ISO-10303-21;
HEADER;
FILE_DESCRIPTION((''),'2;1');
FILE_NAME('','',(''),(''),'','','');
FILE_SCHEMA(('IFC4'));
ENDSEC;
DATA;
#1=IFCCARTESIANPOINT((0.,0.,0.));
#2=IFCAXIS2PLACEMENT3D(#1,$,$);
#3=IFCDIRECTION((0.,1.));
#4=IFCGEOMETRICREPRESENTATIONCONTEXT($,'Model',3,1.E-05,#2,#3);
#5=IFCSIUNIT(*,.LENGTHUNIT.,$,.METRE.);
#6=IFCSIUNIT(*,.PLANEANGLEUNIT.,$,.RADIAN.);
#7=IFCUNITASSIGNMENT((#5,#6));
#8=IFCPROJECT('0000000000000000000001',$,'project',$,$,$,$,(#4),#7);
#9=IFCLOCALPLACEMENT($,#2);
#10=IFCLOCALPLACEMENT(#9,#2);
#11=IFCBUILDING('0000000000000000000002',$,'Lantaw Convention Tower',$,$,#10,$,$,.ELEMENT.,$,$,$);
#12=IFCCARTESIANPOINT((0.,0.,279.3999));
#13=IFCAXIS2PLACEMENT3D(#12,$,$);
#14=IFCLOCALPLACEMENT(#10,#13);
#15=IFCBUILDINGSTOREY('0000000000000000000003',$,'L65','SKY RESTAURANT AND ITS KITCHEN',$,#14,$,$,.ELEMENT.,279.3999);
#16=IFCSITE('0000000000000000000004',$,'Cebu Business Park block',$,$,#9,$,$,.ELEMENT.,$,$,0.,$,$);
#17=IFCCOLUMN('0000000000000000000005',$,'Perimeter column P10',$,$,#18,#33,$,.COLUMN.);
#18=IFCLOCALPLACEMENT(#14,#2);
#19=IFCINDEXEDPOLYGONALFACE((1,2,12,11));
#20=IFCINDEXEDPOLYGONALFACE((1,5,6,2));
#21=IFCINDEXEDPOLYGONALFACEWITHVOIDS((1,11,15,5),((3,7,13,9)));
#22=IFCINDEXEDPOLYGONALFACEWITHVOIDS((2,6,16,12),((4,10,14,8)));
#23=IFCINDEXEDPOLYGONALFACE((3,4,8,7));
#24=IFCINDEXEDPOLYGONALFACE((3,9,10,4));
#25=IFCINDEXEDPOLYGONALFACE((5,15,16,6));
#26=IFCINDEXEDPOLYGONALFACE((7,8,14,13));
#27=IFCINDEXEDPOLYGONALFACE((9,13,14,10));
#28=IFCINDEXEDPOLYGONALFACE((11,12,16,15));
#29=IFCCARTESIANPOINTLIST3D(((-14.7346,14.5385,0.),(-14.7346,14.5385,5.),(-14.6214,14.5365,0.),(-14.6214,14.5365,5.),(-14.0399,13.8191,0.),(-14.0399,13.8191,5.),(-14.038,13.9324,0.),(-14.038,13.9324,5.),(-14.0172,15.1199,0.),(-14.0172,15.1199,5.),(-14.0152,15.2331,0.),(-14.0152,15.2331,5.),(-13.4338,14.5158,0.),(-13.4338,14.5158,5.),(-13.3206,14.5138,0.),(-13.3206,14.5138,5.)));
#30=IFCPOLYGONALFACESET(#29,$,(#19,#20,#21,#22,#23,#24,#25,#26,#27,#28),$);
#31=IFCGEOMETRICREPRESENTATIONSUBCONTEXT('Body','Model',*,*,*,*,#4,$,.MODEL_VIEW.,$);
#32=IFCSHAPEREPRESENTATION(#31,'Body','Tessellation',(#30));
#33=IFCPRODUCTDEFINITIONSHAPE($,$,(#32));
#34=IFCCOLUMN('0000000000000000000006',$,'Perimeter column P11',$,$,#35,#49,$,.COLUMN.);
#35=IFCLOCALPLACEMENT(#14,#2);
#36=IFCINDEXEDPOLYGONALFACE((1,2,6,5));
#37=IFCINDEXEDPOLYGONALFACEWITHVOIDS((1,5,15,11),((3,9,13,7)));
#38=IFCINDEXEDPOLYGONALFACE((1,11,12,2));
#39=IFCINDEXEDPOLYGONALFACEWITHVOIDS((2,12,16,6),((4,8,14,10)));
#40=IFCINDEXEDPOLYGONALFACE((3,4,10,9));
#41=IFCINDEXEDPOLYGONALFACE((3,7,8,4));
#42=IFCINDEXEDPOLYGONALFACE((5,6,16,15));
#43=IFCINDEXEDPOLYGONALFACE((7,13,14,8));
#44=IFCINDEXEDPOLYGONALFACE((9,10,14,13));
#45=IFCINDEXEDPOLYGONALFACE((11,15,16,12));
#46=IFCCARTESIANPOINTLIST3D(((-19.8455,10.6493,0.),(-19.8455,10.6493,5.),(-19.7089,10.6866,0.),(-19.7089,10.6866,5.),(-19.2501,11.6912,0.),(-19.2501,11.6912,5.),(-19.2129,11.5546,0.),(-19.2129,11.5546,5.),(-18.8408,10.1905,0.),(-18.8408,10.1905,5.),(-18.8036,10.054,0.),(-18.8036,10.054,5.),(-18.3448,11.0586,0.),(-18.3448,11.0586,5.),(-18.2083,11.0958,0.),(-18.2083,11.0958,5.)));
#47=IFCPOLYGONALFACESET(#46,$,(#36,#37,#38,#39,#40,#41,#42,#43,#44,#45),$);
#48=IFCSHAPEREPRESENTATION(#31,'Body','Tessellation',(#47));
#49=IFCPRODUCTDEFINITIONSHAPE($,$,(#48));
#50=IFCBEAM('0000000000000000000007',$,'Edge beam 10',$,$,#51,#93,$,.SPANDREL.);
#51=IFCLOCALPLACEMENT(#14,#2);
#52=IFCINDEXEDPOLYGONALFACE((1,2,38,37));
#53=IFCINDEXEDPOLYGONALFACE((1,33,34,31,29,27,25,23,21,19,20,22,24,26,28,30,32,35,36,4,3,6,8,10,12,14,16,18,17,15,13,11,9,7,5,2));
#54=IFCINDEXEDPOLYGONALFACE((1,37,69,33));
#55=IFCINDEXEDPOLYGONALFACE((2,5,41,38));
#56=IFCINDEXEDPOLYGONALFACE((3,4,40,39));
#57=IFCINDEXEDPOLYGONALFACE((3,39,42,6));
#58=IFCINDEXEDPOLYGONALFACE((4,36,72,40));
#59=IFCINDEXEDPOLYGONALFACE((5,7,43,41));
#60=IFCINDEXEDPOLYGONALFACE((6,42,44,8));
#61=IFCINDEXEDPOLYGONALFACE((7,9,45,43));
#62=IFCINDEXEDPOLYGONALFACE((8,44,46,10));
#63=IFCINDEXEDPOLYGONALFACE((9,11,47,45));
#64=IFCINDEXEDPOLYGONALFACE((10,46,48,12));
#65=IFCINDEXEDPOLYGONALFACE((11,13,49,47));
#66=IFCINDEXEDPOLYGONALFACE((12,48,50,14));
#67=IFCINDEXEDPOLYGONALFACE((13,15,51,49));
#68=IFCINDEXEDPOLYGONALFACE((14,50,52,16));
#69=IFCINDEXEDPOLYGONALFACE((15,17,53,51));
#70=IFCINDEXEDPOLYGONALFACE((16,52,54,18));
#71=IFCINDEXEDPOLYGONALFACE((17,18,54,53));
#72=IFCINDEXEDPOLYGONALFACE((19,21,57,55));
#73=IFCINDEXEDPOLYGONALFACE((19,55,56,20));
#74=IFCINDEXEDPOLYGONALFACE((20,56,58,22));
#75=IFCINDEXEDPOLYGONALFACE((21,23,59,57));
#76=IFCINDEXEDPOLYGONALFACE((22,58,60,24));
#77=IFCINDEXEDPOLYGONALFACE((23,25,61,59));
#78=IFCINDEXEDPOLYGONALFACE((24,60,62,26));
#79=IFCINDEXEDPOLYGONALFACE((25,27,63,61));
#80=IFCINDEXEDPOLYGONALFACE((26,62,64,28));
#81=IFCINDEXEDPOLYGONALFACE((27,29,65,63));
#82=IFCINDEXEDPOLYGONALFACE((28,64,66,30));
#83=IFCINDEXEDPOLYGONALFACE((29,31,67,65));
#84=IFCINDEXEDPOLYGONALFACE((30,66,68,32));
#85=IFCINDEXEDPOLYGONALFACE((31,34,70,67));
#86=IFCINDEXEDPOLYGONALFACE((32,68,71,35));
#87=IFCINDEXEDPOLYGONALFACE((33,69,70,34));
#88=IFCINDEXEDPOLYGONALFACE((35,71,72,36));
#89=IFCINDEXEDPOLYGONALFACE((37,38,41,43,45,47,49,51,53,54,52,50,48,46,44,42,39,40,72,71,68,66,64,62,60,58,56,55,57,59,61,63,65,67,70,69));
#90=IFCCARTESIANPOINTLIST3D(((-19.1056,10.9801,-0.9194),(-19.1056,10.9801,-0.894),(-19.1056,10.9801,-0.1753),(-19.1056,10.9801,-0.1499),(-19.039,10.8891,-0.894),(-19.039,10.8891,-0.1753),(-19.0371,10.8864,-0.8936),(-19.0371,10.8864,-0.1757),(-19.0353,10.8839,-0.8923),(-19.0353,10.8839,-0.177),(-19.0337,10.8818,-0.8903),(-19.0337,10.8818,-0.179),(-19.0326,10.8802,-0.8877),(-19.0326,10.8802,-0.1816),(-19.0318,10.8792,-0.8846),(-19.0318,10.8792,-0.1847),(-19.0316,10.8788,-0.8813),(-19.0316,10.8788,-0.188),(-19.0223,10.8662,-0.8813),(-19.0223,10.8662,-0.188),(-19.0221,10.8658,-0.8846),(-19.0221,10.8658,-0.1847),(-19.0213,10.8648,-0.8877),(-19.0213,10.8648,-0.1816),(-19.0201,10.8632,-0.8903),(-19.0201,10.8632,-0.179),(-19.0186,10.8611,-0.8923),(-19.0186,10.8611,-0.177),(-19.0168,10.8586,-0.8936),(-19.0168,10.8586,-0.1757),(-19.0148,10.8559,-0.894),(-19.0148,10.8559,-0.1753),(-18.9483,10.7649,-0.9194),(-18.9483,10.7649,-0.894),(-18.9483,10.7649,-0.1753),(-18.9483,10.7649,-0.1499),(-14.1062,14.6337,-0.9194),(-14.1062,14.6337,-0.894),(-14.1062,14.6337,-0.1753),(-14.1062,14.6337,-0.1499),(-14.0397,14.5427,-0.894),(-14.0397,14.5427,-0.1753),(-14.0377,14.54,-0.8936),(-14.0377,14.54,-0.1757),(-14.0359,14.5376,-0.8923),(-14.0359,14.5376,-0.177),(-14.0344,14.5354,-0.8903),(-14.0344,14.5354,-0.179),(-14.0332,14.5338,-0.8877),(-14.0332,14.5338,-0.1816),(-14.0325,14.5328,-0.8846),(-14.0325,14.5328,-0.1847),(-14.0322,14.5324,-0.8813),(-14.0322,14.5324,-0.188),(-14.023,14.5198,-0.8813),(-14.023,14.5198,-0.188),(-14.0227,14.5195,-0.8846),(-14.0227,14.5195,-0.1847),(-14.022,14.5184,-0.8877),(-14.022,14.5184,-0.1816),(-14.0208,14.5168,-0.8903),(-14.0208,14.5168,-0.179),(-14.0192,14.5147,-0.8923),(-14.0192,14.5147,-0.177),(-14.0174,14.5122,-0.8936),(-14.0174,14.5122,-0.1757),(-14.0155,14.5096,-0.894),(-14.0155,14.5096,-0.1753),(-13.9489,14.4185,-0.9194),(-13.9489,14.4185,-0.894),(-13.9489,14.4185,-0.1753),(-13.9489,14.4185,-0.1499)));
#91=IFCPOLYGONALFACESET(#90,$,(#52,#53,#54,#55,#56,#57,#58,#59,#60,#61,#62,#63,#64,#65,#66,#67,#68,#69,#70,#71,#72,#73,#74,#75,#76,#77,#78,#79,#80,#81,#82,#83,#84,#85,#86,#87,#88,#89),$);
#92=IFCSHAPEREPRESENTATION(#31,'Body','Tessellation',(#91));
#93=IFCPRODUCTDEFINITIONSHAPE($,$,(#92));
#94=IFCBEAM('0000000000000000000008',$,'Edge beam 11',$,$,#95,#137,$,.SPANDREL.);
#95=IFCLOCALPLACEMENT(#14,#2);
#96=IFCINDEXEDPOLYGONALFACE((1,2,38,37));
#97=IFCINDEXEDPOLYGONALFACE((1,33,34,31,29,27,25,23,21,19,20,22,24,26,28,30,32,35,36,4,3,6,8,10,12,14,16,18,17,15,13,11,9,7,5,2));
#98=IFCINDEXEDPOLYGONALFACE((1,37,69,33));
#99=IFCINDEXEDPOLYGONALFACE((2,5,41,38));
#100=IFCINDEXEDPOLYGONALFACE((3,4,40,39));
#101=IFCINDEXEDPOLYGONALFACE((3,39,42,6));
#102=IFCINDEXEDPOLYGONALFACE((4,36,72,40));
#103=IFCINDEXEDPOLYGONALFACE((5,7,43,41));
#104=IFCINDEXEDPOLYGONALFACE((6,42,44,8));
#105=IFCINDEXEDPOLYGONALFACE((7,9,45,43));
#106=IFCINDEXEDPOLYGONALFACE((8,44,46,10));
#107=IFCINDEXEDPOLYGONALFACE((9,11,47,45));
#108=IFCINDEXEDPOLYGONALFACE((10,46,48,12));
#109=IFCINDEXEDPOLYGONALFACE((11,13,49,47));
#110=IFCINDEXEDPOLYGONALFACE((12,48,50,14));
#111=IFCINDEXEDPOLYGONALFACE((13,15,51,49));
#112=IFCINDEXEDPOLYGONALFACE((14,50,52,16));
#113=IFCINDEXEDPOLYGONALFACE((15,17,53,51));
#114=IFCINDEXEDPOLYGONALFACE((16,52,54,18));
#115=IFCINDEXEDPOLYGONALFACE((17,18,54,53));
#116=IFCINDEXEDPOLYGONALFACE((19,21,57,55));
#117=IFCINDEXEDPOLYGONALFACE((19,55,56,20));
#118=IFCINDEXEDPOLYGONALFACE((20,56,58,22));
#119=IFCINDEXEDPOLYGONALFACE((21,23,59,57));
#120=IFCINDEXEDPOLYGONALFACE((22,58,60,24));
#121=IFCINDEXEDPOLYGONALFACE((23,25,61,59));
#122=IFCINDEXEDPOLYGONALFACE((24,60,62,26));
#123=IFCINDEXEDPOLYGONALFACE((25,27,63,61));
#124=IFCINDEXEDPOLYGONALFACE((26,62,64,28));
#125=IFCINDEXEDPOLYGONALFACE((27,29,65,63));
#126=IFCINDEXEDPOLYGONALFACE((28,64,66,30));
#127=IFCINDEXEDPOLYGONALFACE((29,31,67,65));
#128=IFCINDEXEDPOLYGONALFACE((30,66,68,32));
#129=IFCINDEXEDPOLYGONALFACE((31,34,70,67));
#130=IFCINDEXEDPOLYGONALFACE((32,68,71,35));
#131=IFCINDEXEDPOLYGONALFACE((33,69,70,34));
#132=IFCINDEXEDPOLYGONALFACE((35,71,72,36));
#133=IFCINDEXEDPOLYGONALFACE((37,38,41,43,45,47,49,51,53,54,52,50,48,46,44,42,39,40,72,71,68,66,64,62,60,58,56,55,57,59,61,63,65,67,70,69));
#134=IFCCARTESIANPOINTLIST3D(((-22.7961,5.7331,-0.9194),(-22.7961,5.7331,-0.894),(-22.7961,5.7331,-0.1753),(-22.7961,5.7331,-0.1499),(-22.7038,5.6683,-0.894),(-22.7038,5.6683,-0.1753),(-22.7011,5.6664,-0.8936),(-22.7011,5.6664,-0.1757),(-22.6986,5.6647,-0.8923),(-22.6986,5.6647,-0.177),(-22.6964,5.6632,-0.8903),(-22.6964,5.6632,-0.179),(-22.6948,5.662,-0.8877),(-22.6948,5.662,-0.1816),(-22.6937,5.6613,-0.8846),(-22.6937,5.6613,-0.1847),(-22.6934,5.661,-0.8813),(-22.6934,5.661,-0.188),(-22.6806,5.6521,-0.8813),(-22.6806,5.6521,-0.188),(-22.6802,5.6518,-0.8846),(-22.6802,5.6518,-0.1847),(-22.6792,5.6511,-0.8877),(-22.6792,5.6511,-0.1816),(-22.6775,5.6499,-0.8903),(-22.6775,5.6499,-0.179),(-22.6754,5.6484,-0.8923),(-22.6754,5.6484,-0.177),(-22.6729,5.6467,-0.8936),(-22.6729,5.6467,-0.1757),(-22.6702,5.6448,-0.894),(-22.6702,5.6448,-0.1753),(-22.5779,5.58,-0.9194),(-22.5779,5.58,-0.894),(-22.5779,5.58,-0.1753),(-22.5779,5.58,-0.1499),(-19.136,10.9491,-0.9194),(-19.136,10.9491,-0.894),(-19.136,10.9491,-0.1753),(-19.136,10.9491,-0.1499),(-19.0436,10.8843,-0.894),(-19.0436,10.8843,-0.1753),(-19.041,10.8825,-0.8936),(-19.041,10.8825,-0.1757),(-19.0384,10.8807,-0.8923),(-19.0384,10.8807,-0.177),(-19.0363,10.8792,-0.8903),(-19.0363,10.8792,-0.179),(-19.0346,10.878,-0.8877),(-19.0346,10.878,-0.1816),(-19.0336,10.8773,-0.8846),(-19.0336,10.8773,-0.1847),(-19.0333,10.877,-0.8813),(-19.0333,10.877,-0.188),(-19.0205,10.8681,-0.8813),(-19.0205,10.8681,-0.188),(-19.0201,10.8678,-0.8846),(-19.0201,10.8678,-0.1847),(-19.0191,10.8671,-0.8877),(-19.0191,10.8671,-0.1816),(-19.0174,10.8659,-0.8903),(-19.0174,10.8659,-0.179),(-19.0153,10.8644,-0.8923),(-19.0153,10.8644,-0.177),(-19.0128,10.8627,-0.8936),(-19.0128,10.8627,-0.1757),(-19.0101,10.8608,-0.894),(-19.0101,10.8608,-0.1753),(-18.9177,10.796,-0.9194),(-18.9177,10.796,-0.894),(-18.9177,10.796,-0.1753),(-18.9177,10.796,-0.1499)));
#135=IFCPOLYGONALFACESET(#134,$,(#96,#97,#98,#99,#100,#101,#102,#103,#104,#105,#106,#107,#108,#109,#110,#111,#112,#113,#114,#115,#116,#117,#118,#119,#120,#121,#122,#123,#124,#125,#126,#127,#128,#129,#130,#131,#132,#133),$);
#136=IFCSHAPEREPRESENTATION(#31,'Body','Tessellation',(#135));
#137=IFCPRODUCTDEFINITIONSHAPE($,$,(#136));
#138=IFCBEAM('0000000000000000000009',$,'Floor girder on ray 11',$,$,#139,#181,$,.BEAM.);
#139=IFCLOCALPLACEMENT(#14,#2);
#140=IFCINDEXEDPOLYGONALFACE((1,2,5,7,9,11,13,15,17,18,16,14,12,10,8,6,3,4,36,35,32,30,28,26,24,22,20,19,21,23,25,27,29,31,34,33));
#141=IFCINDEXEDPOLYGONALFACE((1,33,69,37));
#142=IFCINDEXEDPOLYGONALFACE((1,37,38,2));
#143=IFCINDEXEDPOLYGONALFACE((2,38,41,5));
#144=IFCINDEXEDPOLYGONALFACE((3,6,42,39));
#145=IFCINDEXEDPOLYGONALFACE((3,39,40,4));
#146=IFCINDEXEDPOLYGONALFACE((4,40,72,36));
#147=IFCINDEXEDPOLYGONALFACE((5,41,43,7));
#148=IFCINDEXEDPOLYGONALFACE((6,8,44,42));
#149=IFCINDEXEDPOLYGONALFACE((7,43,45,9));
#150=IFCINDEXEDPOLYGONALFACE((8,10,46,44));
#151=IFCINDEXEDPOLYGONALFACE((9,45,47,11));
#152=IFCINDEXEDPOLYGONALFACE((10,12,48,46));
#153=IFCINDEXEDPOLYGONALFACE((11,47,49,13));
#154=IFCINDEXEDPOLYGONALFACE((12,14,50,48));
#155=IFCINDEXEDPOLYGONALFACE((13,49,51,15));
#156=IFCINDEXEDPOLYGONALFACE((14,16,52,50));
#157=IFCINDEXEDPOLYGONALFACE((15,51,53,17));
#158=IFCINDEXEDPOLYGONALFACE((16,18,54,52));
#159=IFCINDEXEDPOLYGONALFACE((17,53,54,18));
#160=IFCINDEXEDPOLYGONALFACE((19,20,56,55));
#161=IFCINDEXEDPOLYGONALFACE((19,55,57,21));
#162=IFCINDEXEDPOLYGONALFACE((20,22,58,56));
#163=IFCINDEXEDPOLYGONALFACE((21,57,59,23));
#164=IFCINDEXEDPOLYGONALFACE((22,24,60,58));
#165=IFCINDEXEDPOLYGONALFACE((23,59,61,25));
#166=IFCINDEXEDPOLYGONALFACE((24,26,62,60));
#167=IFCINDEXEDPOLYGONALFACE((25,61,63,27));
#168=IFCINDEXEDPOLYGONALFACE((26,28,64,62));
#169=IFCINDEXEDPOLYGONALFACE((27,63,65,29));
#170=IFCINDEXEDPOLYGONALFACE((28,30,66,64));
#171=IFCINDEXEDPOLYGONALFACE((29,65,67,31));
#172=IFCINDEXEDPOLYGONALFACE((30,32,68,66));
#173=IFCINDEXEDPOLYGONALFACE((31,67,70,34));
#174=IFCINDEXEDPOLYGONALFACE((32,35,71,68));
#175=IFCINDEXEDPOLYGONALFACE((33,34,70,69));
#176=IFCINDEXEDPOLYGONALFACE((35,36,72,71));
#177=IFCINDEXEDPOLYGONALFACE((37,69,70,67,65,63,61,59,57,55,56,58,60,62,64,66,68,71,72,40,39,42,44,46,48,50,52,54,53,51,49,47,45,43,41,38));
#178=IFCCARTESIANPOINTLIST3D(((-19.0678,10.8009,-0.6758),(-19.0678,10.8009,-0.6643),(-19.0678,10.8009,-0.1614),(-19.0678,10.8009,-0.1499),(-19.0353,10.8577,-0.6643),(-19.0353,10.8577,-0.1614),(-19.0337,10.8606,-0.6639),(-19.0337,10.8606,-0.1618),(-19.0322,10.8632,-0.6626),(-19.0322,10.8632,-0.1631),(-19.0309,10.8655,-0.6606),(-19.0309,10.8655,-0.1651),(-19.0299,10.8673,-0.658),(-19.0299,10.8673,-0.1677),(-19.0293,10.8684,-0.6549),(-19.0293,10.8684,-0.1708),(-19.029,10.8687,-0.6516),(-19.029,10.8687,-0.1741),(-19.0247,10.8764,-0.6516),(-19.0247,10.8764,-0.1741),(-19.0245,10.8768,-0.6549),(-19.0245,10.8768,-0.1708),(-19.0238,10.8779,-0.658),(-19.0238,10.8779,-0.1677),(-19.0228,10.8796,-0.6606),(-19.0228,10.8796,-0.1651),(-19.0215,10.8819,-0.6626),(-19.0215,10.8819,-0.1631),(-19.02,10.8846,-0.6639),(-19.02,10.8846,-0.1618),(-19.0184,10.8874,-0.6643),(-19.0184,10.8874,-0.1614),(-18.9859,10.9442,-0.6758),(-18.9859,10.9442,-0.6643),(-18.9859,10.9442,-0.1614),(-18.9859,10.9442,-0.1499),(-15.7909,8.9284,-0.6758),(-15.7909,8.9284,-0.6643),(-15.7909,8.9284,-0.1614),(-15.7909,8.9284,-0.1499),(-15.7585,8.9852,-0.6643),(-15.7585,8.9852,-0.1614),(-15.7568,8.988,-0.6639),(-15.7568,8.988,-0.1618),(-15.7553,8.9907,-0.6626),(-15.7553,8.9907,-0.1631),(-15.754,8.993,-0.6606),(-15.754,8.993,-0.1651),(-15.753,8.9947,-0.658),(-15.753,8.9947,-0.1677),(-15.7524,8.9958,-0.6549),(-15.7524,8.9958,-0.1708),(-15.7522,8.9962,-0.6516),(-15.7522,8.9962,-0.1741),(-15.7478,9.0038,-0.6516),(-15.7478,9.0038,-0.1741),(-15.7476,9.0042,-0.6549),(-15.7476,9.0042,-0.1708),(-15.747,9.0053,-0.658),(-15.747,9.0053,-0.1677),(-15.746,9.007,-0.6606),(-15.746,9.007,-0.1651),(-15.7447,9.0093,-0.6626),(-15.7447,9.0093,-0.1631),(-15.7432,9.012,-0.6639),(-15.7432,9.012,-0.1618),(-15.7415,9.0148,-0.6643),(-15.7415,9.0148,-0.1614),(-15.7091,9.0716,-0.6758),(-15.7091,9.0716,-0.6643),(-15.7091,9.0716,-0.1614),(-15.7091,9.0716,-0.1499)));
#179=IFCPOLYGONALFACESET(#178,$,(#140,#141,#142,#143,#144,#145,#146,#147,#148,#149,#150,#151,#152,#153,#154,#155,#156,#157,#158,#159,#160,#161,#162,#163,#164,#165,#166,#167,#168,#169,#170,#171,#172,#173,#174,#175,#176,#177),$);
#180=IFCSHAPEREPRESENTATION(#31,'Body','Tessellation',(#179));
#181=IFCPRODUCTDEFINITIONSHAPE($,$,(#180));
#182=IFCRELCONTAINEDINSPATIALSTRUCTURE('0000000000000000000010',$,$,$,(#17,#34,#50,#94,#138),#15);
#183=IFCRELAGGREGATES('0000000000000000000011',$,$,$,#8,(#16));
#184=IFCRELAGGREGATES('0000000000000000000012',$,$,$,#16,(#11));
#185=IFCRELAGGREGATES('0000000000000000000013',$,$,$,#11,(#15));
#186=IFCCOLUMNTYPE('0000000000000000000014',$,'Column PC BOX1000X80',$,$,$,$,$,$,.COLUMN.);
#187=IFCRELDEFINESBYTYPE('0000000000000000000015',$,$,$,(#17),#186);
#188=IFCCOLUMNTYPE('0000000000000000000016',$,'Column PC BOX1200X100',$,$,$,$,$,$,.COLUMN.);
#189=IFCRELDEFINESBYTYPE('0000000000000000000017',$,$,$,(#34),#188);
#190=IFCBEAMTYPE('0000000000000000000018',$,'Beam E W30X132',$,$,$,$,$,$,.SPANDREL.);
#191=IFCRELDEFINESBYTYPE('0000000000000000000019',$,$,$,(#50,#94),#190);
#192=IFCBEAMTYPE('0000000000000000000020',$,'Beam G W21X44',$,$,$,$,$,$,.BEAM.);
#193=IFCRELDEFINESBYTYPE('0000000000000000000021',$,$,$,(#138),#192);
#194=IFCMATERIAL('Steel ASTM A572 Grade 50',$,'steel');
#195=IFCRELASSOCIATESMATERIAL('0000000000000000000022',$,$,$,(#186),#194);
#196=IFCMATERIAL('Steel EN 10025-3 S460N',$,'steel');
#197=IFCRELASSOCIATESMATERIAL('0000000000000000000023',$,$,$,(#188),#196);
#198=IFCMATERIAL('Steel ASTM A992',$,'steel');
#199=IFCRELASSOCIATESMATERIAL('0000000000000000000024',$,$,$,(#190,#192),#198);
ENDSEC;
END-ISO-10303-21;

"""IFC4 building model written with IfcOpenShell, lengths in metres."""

from ifc_helpers import new_model, si_unit, direction, frame, origin, origin_2d, place, context, subcontext, project, spatial, rectangle, hollow_rectangle, i_section, extrude, material, material_profile, profile_set, type_object, element, save


model = new_model("IFC4")

# Units and contexts
model_context = context("Model", 3, precision=1e-05, world=origin(), true_north=direction((0.0, 1.0)))
body_context = subcontext(model_context, "Body", "Model", "MODEL_VIEW")
ifc_project = project(units=[si_unit("LENGTHUNIT", "METRE"), si_unit("PLANEANGLEUNIT", "RADIAN")], contexts=[model_context])

# Site, building, storey
site_placement = place(None, origin())
site = spatial("IfcSite", under=ifc_project, at=site_placement, Name="Cebu Business Park block", CompositionType="ELEMENT", RefElevation=0.0)
building_placement = place(site_placement, origin())
building = spatial("IfcBuilding", under=site, at=building_placement, Name="Lantaw Convention Tower", CompositionType="ELEMENT")
storey_placement = place(building_placement, frame((0.0, 0.0, 279.3999)))
storey = spatial("IfcBuildingStorey", under=building, at=storey_placement, Name="L65", Description="SKY RESTAURANT AND ITS KITCHEN", CompositionType="ELEMENT", Elevation=279.3999)

# Columns
ifc_material_1 = material(Name="Steel ASTM A572 Grade 50", Category="steel")
ifc_material_profile_1 = material_profile(ifc_material_1, hollow_rectangle(XDim=1.0, YDim=1.0, WallThickness=0.0801, at=origin_2d()), Name="BOX1000X80")
ifc_material_2 = material(Name="Concrete C60/75", Category="concrete")
ifc_material_profile_2 = material_profile(ifc_material_2, rectangle(XDim=0.8401, YDim=0.8401, at=origin_2d()), Name="Concrete fill of BOX1000X80")
ifc_profile_set_1 = profile_set([ifc_material_profile_1, ifc_material_profile_2], Name="Steel ASTM A572 Grade 50")
column_type_1 = type_object("IfcColumnType", Name="Column PC BOX1000X80", PredefinedType="COLUMN", material=ifc_profile_set_1)
column_1_placement = place(storey_placement, frame((-14.0276, 14.5261, 0.0), z_axis=(0.0, 0.0, 1.0), x_axis=(0.71934, 0.694658, 0.0)))
element("IfcColumn", 1, at=column_1_placement, inside=storey, type_object=column_type_1, Name="Perimeter column P10", PredefinedType="COLUMN", context=body_context, shape_type="SweptSolid", body=[
    extrude(hollow_rectangle(XDim=1.0, YDim=1.0, WallThickness=0.0801, at=origin_2d()), origin(), (0.0, 0.0, 1.0), 5.0),
])
ifc_material_3 = material(Name="Steel EN 10025-3 S460N", Category="steel")
ifc_material_profile_3 = material_profile(ifc_material_3, hollow_rectangle(XDim=1.2, YDim=1.2, WallThickness=0.1001, at=origin_2d()), Name="BOX1200X100")
ifc_material_profile_4 = material_profile(ifc_material_2, rectangle(XDim=1.0, YDim=1.0, at=origin_2d()), Name="Concrete fill of BOX1200X100")
ifc_profile_set_2 = profile_set([ifc_material_profile_3, ifc_material_profile_4], Name="Steel EN 10025-3 S460N")
column_type_2 = type_object("IfcColumnType", Name="Column PC BOX1200X100", PredefinedType="COLUMN", material=ifc_profile_set_2)
column_2_placement = place(storey_placement, frame((-19.0269, 10.8726, 0.0), z_axis=(0.0, 0.0, 1.0), x_axis=(0.496139, 0.868243, 0.0)))
element("IfcColumn", 2, at=column_2_placement, inside=storey, type_object=column_type_2, Name="Perimeter column P11", PredefinedType="COLUMN", context=body_context, shape_type="SweptSolid", body=[
    extrude(hollow_rectangle(XDim=1.2, YDim=1.2, WallThickness=0.1001, at=origin_2d()), origin(), (0.0, 0.0, 1.0), 5.0),
])

# Beams
ifc_material_4 = material(Name="Steel ASTM A992", Category="steel")
ifc_material_profile_5 = material_profile(ifc_material_4, i_section(OverallWidth=0.2666, OverallDepth=0.7695, WebThickness=0.0156, FlangeThickness=0.0254, FilletRadius=0.0127, at=origin_2d()), Name="W30X132")
ifc_profile_set_3 = profile_set([ifc_material_profile_5], Name="Steel ASTM A992")
beam_type_1 = type_object("IfcBeamType", Name="Beam E W30X132", PredefinedType="SPANDREL", material=ifc_profile_set_3)
beam_1_placement = place(storey_placement, frame((-14.0276, 14.5261, -0.5347), z_axis=(-0.807372, -0.590043, 0.0), x_axis=(0.590043, -0.807372, 0.0)))
element("IfcBeam", 3, at=beam_1_placement, inside=storey, type_object=beam_type_1, Name="Edge beam 10", PredefinedType="SPANDREL", context=body_context, shape_type="SweptSolid", body=[
    extrude(i_section(OverallWidth=0.2666, OverallDepth=0.7695, WebThickness=0.0156, FlangeThickness=0.0254, FilletRadius=0.0127, at=origin_2d()), origin(), (0.0, 0.0, 1.0), 6.1921),
])
beam_2_placement = place(storey_placement, frame((-19.0269, 10.8726, -0.5347), z_axis=(-0.574401, -0.818574, 0.0), x_axis=(0.818574, -0.574401, 0.0)))
element("IfcBeam", 4, at=beam_2_placement, inside=storey, type_object=beam_type_1, Name="Edge beam 11", PredefinedType="SPANDREL", context=body_context, shape_type="SweptSolid", body=[
    extrude(i_section(OverallWidth=0.2666, OverallDepth=0.7695, WebThickness=0.0156, FlangeThickness=0.0254, FilletRadius=0.0127, at=origin_2d()), origin(), (0.0, 0.0, 1.0), 6.3721),
])
ifc_material_profile_6 = material_profile(ifc_material_4, i_section(OverallWidth=0.165, OverallDepth=0.5259, WebThickness=0.0088, FlangeThickness=0.0115, FilletRadius=0.0127, at=origin_2d()), Name="W21X44")
ifc_profile_set_4 = profile_set([ifc_material_profile_6], Name="Steel ASTM A992")
beam_type_2 = type_object("IfcBeamType", Name="Beam G W21X44", PredefinedType="BEAM", material=ifc_profile_set_4)
beam_3_placement = place(storey_placement, frame((-15.75, 9.0, -0.4128), z_axis=(-0.868235, 0.496153, 0.0), x_axis=(-0.496153, -0.868235, 0.0)))
element("IfcBeam", 5, at=beam_3_placement, inside=storey, type_object=beam_type_2, Name="Floor girder on ray 11", PredefinedType="BEAM", context=body_context, shape_type="SweptSolid", body=[
    extrude(i_section(OverallWidth=0.165, OverallDepth=0.5259, WebThickness=0.0088, FlangeThickness=0.0115, FilletRadius=0.0127, at=origin_2d()), origin(), (0.0, 0.0, 1.0), 3.7742),
])

save(model, "model.ifc")
